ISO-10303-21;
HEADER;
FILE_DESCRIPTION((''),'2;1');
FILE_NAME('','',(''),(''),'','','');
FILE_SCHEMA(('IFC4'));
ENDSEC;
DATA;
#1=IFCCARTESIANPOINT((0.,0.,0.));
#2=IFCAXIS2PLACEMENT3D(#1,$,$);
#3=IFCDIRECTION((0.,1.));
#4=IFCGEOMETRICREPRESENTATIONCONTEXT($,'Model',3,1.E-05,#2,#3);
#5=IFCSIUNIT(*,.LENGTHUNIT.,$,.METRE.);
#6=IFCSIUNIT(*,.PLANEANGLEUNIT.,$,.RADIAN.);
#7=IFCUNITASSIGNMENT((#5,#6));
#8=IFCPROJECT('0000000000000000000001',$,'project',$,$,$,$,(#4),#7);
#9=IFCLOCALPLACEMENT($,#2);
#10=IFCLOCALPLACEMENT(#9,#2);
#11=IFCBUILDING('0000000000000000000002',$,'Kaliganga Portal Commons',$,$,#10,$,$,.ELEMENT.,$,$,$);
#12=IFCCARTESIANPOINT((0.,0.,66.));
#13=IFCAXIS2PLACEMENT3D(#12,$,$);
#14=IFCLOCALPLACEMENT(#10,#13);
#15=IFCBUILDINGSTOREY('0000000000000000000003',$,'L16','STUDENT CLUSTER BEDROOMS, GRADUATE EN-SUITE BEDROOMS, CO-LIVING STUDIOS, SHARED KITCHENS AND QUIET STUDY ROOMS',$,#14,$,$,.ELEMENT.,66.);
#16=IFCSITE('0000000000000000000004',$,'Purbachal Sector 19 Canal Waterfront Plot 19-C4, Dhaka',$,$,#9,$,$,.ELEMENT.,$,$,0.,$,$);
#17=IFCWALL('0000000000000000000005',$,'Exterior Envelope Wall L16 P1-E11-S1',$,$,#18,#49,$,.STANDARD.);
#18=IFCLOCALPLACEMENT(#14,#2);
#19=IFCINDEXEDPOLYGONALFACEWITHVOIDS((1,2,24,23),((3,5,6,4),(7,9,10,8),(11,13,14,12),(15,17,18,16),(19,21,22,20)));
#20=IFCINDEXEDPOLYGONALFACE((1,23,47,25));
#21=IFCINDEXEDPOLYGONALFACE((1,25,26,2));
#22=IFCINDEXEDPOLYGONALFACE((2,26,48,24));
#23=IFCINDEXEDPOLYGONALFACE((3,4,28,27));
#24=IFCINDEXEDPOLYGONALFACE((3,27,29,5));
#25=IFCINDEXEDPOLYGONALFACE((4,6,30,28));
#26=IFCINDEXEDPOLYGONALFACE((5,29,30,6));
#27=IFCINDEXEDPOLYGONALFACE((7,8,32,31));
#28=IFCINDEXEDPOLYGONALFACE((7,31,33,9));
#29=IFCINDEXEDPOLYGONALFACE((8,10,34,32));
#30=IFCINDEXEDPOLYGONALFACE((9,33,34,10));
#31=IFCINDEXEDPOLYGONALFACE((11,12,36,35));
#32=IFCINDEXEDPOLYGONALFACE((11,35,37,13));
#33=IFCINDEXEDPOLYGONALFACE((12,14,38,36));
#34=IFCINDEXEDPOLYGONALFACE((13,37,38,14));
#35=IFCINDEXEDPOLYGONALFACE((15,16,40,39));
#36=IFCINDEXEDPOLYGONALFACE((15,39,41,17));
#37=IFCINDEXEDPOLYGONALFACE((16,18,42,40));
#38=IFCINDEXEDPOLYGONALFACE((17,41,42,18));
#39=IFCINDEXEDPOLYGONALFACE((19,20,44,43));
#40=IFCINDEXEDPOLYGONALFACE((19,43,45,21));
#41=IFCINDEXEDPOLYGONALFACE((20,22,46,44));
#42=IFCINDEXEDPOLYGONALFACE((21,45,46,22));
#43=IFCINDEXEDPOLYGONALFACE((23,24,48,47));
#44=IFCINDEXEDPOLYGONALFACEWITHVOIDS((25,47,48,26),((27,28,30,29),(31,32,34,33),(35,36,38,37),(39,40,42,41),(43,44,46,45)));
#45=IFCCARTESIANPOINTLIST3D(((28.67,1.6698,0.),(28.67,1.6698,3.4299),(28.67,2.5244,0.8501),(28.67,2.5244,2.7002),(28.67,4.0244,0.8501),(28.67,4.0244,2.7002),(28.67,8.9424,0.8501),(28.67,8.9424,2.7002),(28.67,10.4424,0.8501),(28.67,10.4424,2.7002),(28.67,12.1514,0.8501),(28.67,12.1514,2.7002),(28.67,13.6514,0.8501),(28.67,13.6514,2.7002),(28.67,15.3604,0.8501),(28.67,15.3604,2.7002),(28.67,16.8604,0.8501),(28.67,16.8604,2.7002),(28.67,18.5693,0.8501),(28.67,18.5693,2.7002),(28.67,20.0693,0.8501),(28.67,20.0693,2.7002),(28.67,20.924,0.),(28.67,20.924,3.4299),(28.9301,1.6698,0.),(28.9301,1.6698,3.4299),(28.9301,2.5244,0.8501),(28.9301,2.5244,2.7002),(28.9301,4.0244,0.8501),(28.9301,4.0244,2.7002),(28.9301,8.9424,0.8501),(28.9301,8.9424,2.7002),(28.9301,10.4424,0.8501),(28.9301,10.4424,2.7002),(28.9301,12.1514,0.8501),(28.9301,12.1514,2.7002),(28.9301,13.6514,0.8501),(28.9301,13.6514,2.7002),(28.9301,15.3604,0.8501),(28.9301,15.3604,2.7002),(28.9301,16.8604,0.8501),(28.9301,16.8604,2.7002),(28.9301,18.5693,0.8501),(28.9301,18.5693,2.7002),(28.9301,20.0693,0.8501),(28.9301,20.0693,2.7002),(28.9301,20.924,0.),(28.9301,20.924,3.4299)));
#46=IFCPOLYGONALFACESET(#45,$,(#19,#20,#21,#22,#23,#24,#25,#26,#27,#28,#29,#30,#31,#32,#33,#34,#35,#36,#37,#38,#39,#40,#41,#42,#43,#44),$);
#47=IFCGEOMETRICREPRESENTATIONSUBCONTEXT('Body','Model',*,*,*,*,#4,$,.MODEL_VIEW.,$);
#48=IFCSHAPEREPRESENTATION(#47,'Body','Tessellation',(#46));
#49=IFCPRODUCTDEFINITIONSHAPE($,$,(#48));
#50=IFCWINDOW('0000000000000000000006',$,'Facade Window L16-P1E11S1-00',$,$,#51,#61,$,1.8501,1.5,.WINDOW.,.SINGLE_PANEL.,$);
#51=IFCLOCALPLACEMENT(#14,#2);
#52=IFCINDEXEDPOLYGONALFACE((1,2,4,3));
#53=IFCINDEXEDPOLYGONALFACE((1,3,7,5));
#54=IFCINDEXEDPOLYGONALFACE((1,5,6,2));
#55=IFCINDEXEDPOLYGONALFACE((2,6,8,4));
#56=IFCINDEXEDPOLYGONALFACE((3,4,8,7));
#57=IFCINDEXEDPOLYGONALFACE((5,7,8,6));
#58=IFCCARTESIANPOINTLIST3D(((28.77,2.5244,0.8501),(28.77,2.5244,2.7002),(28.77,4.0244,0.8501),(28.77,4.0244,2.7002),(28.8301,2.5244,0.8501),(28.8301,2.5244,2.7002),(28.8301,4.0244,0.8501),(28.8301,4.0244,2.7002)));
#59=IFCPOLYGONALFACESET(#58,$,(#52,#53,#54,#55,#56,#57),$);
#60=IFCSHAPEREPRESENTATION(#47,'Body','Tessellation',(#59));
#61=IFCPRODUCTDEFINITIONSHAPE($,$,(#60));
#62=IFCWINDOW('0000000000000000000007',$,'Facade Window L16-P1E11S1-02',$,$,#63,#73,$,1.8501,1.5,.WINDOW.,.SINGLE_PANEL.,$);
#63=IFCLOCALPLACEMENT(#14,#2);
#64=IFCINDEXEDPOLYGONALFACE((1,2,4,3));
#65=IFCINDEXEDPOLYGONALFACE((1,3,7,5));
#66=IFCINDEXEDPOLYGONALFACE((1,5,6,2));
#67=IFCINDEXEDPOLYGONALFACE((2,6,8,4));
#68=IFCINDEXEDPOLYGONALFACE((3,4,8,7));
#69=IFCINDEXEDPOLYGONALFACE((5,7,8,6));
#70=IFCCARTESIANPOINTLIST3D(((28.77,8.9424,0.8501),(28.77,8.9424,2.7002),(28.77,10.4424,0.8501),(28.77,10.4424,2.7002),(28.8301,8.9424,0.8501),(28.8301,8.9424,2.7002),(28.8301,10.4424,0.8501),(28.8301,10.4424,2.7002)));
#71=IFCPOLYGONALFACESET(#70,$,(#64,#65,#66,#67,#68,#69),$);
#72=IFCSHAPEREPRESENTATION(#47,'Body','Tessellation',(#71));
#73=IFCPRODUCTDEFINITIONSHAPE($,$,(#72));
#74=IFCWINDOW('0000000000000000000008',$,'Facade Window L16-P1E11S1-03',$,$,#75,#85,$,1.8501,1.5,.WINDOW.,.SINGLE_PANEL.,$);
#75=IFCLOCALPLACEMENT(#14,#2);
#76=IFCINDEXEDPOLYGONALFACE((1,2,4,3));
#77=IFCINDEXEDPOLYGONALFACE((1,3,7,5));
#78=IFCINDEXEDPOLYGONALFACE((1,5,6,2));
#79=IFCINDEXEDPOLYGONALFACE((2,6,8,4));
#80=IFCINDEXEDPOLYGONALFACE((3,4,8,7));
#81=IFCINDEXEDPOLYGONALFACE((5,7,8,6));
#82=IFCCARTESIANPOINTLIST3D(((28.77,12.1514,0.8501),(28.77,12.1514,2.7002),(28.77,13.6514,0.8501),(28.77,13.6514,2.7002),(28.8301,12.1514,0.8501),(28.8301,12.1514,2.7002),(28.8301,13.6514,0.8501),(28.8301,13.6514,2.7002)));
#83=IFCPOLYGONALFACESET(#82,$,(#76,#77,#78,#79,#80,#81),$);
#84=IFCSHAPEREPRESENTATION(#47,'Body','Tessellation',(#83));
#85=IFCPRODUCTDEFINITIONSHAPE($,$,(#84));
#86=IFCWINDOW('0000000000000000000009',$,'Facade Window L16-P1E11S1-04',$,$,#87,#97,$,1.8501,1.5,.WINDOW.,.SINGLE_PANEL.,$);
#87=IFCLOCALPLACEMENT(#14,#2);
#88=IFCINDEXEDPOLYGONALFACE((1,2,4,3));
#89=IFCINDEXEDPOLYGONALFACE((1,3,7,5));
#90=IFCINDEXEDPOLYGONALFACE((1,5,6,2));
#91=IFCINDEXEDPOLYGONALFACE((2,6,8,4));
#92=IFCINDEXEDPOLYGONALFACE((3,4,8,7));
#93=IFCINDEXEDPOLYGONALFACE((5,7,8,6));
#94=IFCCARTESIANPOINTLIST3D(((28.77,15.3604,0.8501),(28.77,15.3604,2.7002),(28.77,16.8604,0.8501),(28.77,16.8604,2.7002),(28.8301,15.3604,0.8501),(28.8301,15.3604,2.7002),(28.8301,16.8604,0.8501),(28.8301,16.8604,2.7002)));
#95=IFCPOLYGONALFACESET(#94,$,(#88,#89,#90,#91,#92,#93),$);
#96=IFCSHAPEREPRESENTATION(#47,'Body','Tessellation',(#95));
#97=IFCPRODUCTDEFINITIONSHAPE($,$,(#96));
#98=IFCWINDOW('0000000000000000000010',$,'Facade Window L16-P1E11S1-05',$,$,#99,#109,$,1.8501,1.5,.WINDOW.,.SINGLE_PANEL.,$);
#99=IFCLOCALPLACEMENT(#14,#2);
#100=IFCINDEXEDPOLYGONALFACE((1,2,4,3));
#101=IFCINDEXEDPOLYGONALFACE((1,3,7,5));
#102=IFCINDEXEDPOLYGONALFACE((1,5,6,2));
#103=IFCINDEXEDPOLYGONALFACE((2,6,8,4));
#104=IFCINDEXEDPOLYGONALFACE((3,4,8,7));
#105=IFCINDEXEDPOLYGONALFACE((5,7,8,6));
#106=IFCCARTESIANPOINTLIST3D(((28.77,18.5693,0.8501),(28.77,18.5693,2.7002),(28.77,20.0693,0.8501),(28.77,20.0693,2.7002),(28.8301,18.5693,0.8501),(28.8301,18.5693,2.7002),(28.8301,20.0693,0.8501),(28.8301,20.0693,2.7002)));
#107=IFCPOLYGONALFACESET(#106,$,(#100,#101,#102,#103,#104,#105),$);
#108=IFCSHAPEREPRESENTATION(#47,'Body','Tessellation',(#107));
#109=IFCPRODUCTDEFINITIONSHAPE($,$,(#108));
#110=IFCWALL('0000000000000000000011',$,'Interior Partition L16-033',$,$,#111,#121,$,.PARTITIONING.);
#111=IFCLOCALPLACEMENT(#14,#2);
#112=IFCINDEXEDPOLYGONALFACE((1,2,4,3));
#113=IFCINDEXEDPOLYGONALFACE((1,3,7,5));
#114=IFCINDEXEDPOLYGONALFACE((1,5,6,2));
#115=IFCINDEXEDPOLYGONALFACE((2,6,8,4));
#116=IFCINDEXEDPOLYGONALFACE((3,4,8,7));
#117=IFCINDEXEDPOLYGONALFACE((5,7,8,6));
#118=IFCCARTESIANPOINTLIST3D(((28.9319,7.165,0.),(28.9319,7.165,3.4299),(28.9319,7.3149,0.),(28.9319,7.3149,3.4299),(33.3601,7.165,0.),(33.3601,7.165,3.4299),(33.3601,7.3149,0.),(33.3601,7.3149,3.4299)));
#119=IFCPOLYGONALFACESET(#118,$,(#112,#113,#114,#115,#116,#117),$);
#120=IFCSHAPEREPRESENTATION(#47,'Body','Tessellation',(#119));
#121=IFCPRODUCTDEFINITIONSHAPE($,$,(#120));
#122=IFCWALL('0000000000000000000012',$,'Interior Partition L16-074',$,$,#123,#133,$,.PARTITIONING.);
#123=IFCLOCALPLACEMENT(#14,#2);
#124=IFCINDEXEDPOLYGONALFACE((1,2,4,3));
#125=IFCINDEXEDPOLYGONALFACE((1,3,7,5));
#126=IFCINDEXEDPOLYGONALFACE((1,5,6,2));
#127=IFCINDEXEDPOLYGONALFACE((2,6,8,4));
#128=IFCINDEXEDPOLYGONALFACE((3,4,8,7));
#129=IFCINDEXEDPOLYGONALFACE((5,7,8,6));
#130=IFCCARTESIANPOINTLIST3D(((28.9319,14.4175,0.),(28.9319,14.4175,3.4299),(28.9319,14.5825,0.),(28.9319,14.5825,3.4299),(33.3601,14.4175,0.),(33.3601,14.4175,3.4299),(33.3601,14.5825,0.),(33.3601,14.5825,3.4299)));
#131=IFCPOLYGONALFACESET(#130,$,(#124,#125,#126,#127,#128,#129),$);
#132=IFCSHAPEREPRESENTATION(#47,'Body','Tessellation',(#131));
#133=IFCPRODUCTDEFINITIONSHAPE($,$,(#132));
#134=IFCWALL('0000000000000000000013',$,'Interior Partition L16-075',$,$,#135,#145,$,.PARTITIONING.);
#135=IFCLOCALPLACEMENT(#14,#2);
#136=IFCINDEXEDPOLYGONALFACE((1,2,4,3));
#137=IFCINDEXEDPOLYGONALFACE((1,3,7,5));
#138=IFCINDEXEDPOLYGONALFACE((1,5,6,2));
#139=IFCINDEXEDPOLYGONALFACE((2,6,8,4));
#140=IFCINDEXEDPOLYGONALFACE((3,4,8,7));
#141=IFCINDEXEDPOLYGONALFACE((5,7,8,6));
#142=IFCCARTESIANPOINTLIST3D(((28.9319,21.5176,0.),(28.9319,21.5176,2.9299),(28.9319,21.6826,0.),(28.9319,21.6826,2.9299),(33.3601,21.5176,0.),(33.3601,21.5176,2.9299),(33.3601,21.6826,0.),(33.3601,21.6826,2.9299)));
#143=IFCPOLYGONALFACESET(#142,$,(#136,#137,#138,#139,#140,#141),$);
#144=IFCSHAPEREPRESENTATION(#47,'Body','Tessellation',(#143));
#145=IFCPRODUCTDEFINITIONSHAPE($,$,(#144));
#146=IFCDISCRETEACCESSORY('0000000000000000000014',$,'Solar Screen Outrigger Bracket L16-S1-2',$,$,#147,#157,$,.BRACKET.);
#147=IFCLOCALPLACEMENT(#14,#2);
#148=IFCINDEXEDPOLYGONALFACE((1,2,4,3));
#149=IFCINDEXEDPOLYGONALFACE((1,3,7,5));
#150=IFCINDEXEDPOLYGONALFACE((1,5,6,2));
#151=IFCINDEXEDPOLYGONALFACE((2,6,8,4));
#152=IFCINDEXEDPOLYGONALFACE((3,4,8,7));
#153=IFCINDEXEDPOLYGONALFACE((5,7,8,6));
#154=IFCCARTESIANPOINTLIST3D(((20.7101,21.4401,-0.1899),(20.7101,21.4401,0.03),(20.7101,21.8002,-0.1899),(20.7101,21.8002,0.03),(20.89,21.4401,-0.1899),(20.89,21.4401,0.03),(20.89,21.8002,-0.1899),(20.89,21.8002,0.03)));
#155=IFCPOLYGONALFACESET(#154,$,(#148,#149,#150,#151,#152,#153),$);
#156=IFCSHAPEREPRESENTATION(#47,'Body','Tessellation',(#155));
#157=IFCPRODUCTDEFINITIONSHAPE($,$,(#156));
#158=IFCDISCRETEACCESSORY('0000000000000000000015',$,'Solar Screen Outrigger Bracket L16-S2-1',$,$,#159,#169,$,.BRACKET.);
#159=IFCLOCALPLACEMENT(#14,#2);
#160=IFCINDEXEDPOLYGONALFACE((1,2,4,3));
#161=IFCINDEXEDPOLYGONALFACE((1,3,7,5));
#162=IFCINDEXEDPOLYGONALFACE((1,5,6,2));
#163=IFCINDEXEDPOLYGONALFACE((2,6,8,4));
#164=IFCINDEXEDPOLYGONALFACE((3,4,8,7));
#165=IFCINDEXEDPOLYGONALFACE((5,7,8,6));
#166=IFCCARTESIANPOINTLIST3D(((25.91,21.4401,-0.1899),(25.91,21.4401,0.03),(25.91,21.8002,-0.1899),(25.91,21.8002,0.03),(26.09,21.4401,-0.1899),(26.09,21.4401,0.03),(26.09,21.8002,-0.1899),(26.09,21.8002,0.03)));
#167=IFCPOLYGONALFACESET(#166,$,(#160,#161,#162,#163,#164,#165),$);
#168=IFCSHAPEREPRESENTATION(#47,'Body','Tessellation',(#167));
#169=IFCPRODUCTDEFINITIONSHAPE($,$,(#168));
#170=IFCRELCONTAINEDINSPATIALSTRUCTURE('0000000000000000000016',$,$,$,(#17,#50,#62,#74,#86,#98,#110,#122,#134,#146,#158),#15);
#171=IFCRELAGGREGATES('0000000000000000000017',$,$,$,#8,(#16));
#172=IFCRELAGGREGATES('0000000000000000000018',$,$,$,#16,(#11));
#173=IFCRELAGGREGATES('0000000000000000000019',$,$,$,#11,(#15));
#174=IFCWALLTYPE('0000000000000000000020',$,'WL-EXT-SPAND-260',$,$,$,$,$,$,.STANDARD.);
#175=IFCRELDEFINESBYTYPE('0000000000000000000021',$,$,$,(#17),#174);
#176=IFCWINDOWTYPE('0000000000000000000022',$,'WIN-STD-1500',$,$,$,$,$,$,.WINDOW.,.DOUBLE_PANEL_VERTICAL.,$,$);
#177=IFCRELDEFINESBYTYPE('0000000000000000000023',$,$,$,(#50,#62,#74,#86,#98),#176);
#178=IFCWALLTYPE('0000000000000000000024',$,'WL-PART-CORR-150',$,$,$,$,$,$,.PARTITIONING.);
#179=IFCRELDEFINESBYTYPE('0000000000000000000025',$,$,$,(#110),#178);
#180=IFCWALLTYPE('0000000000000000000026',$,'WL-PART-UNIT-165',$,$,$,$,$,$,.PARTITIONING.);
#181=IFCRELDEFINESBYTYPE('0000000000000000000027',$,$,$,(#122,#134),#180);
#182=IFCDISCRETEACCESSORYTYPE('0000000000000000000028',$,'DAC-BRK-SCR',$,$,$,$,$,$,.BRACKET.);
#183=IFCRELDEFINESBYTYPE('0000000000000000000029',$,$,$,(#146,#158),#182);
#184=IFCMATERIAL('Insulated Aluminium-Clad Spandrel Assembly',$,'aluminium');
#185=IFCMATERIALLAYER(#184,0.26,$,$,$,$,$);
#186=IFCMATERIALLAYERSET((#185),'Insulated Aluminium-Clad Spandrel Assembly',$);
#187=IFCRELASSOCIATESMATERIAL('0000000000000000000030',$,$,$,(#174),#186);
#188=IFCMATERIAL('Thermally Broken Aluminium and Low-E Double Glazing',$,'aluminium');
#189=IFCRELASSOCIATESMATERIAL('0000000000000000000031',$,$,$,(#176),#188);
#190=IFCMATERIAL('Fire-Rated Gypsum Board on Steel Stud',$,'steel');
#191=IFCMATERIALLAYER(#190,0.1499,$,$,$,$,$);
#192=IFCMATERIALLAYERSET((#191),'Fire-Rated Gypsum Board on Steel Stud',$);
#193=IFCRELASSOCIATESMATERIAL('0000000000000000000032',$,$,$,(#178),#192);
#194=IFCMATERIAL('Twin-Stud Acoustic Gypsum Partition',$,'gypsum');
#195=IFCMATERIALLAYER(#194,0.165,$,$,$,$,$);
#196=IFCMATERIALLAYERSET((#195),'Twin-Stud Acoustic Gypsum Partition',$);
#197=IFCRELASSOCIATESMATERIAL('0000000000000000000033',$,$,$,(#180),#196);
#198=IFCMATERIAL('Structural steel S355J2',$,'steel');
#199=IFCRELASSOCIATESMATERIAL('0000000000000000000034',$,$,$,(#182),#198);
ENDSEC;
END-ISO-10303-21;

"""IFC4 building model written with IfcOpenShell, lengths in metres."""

from ifc_helpers import new_model, si_unit, direction, frame, frame_2d, origin, origin_2d, place, context, subcontext, project, spatial, rectangle, extrude, source, transform, mapped, material, layer, layer_set, type_object, element, fill, save


model = new_model("IFC4")

# Units and contexts
model_context = context("Model", 3, precision=1e-05, world=origin(), true_north=direction((0.0, 1.0)))
body_context = subcontext(model_context, "Body", "Model", "MODEL_VIEW")
ifc_project = project(units=[si_unit("LENGTHUNIT", "METRE"), si_unit("PLANEANGLEUNIT", "RADIAN")], contexts=[model_context])

# Site, building, storey
site_placement = place(None, origin())
site = spatial("IfcSite", under=ifc_project, at=site_placement, Name="Purbachal Sector 19 Canal Waterfront Plot 19-C4, Dhaka", CompositionType="ELEMENT", RefElevation=0.0)
building_placement = place(site_placement, origin())
building = spatial("IfcBuilding", under=site, at=building_placement, Name="Kaliganga Portal Commons", CompositionType="ELEMENT")
storey_placement = place(building_placement, frame((0.0, 0.0, 66.0)))
storey = spatial("IfcBuildingStorey", under=building, at=storey_placement, Name="L16", Description="STUDENT CLUSTER BEDROOMS, GRADUATE EN-SUITE BEDROOMS, CO-LIVING STUDIOS, SHARED KITCHENS AND QUIET STUDY ROOMS", CompositionType="ELEMENT", Elevation=66.0)

# Shared definitions
ifc_material_1 = material(Name="Structural steel S355J2", Category="steel")

# Shared definitions
ifc_material_2 = material(Name="Insulated Aluminium-Clad Spandrel Assembly", Category="aluminium")
ifc_layer_1 = layer(ifc_material_2, 0.26)
ifc_layer_set_1 = layer_set([ifc_layer_1], Name="Insulated Aluminium-Clad Spandrel Assembly")
wall_type_1 = type_object("IfcWallType", Name="WL-EXT-SPAND-260", PredefinedType="STANDARD", material=ifc_layer_set_1)
ifc_material_3 = material(Name="Thermally Broken Aluminium and Low-E Double Glazing", Category="aluminium")

# Wall, openings, windows
wall_1_placement = place(storey_placement, frame((28.8, 1.6699, 0.0), z_axis=(0.0, 0.0, 1.0), x_axis=(0.0, 1.0, 0.0)))
wall_1 = element("IfcWall", 1, at=wall_1_placement, inside=storey, type_object=wall_type_1, Name="Exterior Envelope Wall L16 P1-E11-S1", PredefinedType="STANDARD", context=body_context, shape_type="SweptSolid", body=[
    extrude(rectangle(XDim=19.2542, YDim=0.26, at=frame_2d((9.627, 0.0))), origin(), (0.0, 0.0, 1.0), 3.4299),
])
opening_1_placement = place(wall_1_placement, frame((0.8545, 0.0, 0.8501)))
opening_1 = element("IfcOpeningElement", 2, at=opening_1_placement, cuts=wall_1, PredefinedType="OPENING", context=body_context, shape_type="SweptSolid", body=[
    extrude(rectangle(XDim=1.5, YDim=1.8501, at=frame_2d((0.75, 0.925))), frame((0.0, 0.1401, 0.0), z_axis=(0.0, -1.0, 0.0), x_axis=(1.0, 0.0, 0.0)), (0.0, 0.0, 1.0), 0.28),
])
opening_2_placement = place(wall_1_placement, frame((7.2725, 0.0, 0.8501)))
opening_2 = element("IfcOpeningElement", 3, at=opening_2_placement, cuts=wall_1, PredefinedType="OPENING", context=body_context, shape_type="SweptSolid", body=[
    extrude(rectangle(XDim=1.5, YDim=1.8501, at=frame_2d((0.75, 0.925))), frame((0.0, 0.1401, 0.0), z_axis=(0.0, -1.0, 0.0), x_axis=(1.0, 0.0, 0.0)), (0.0, 0.0, 1.0), 0.28),
])
opening_3_placement = place(wall_1_placement, frame((10.4814, 0.0, 0.8501)))
opening_3 = element("IfcOpeningElement", 4, at=opening_3_placement, cuts=wall_1, PredefinedType="OPENING", context=body_context, shape_type="SweptSolid", body=[
    extrude(rectangle(XDim=1.5, YDim=1.8501, at=frame_2d((0.75, 0.925))), frame((0.0, 0.1401, 0.0), z_axis=(0.0, -1.0, 0.0), x_axis=(1.0, 0.0, 0.0)), (0.0, 0.0, 1.0), 0.28),
])
opening_4_placement = place(wall_1_placement, frame((13.6904, 0.0, 0.8501)))
opening_4 = element("IfcOpeningElement", 5, at=opening_4_placement, cuts=wall_1, PredefinedType="OPENING", context=body_context, shape_type="SweptSolid", body=[
    extrude(rectangle(XDim=1.5, YDim=1.8501, at=frame_2d((0.75, 0.925))), frame((0.0, 0.1401, 0.0), z_axis=(0.0, -1.0, 0.0), x_axis=(1.0, 0.0, 0.0)), (0.0, 0.0, 1.0), 0.28),
])
opening_5_placement = place(wall_1_placement, frame((16.8994, 0.0, 0.8501)))
opening_5 = element("IfcOpeningElement", 6, at=opening_5_placement, cuts=wall_1, PredefinedType="OPENING", context=body_context, shape_type="SweptSolid", body=[
    extrude(rectangle(XDim=1.5, YDim=1.8501, at=frame_2d((0.75, 0.925))), frame((0.0, 0.1401, 0.0), z_axis=(0.0, -1.0, 0.0), x_axis=(1.0, 0.0, 0.0)), (0.0, 0.0, 1.0), 0.28),
])
window_type_1 = type_object("IfcWindowType", Name="WIN-STD-1500", PartitioningType="DOUBLE_PANEL_VERTICAL", PredefinedType="WINDOW", material=ifc_material_3)
window_1_placement = place(opening_1_placement, origin())
window_1 = element("IfcWindow", 7, at=window_1_placement, inside=storey, type_object=window_type_1, Name="Facade Window L16-P1E11S1-00", OverallHeight=1.8501, OverallWidth=1.5, PartitioningType="SINGLE_PANEL", PredefinedType="WINDOW", context=body_context, shape_type="SweptSolid", body=[
    extrude(rectangle(XDim=1.5, YDim=1.8501, at=frame_2d((0.75, 0.925))), frame((0.0, 0.03, 0.0), z_axis=(0.0, -1.0, 0.0), x_axis=(1.0, 0.0, 0.0)), (0.0, 0.0, 1.0), 0.0601),
])
fill(opening_1, window_1)
window_2_placement = place(opening_2_placement, origin())
window_2 = element("IfcWindow", 8, at=window_2_placement, inside=storey, type_object=window_type_1, Name="Facade Window L16-P1E11S1-02", OverallHeight=1.8501, OverallWidth=1.5, PartitioningType="SINGLE_PANEL", PredefinedType="WINDOW", context=body_context, shape_type="SweptSolid", body=[
    extrude(rectangle(XDim=1.5, YDim=1.8501, at=frame_2d((0.75, 0.925))), frame((0.0, 0.03, 0.0), z_axis=(0.0, -1.0, 0.0), x_axis=(1.0, 0.0, 0.0)), (0.0, 0.0, 1.0), 0.0601),
])
fill(opening_2, window_2)
window_3_placement = place(opening_3_placement, origin())
window_3 = element("IfcWindow", 9, at=window_3_placement, inside=storey, type_object=window_type_1, Name="Facade Window L16-P1E11S1-03", OverallHeight=1.8501, OverallWidth=1.5, PartitioningType="SINGLE_PANEL", PredefinedType="WINDOW", context=body_context, shape_type="SweptSolid", body=[
    extrude(rectangle(XDim=1.5, YDim=1.8501, at=frame_2d((0.75, 0.925))), frame((0.0, 0.03, 0.0), z_axis=(0.0, -1.0, 0.0), x_axis=(1.0, 0.0, 0.0)), (0.0, 0.0, 1.0), 0.0601),
])
fill(opening_3, window_3)
window_4_placement = place(opening_4_placement, origin())
window_4 = element("IfcWindow", 10, at=window_4_placement, inside=storey, type_object=window_type_1, Name="Facade Window L16-P1E11S1-04", OverallHeight=1.8501, OverallWidth=1.5, PartitioningType="SINGLE_PANEL", PredefinedType="WINDOW", context=body_context, shape_type="SweptSolid", body=[
    extrude(rectangle(XDim=1.5, YDim=1.8501, at=frame_2d((0.75, 0.925))), frame((0.0, 0.03, 0.0), z_axis=(0.0, -1.0, 0.0), x_axis=(1.0, 0.0, 0.0)), (0.0, 0.0, 1.0), 0.0601),
])
fill(opening_4, window_4)
window_5_placement = place(opening_5_placement, origin())
window_5 = element("IfcWindow", 11, at=window_5_placement, inside=storey, type_object=window_type_1, Name="Facade Window L16-P1E11S1-05", OverallHeight=1.8501, OverallWidth=1.5, PartitioningType="SINGLE_PANEL", PredefinedType="WINDOW", context=body_context, shape_type="SweptSolid", body=[
    extrude(rectangle(XDim=1.5, YDim=1.8501, at=frame_2d((0.75, 0.925))), frame((0.0, 0.03, 0.0), z_axis=(0.0, -1.0, 0.0), x_axis=(1.0, 0.0, 0.0)), (0.0, 0.0, 1.0), 0.0601),
])
fill(opening_5, window_5)

# Walls
ifc_material_4 = material(Name="Fire-Rated Gypsum Board on Steel Stud", Category="steel")
ifc_layer_2 = layer(ifc_material_4, 0.1499)
ifc_layer_set_2 = layer_set([ifc_layer_2], Name="Fire-Rated Gypsum Board on Steel Stud")
wall_type_2 = type_object("IfcWallType", Name="WL-PART-CORR-150", PredefinedType="PARTITIONING", material=ifc_layer_set_2)
wall_2_placement = place(storey_placement, frame((28.9319, 7.24, 0.0), z_axis=(0.0, 0.0, 1.0), x_axis=(1.0, 0.0, 0.0)))
element("IfcWall", 12, at=wall_2_placement, inside=storey, type_object=wall_type_2, Name="Interior Partition L16-033", PredefinedType="PARTITIONING", context=body_context, shape_type="SweptSolid", body=[
    extrude(rectangle(XDim=4.4282, YDim=0.1499, at=frame_2d((2.2141, 0.0))), origin(), (0.0, 0.0, 1.0), 3.4299),
])
ifc_material_5 = material(Name="Twin-Stud Acoustic Gypsum Partition", Category="gypsum")
ifc_layer_3 = layer(ifc_material_5, 0.165)
ifc_layer_set_3 = layer_set([ifc_layer_3], Name="Twin-Stud Acoustic Gypsum Partition")
wall_type_3 = type_object("IfcWallType", Name="WL-PART-UNIT-165", PredefinedType="PARTITIONING", material=ifc_layer_set_3)
wall_3_placement = place(storey_placement, frame((28.9319, 14.5, 0.0), z_axis=(0.0, 0.0, 1.0), x_axis=(1.0, 0.0, 0.0)))
element("IfcWall", 13, at=wall_3_placement, inside=storey, type_object=wall_type_3, Name="Interior Partition L16-074", PredefinedType="PARTITIONING", context=body_context, shape_type="SweptSolid", body=[
    extrude(rectangle(XDim=4.4282, YDim=0.165, at=frame_2d((2.2141, 0.0))), origin(), (0.0, 0.0, 1.0), 3.4299),
])
wall_4_placement = place(storey_placement, frame((28.9319, 21.6001, 0.0), z_axis=(0.0, 0.0, 1.0), x_axis=(1.0, 0.0, 0.0)))
element("IfcWall", 14, at=wall_4_placement, inside=storey, type_object=wall_type_3, Name="Interior Partition L16-075", PredefinedType="PARTITIONING", context=body_context, shape_type="SweptSolid", body=[
    extrude(rectangle(XDim=4.4282, YDim=0.165, at=frame_2d((2.2141, 0.0))), origin(), (0.0, 0.0, 1.0), 2.9299),
])

# Discrete accessories
discrete_accessory_type = type_object("IfcDiscreteAccessoryType", Name="DAC-BRK-SCR", PredefinedType="BRACKET", material=ifc_material_1)
shared_shape_1 = source(origin(), body_context, "Body", "SweptSolid", [
    extrude(rectangle(XDim=0.1799, YDim=0.3601, at=origin_2d()), origin(), (0.0, 0.0, 1.0), 0.22),
])
for number, where, z_axis, x_axis, name in (
    (15, (20.8, 21.6201, -0.1899), (0.0, 0.0, 1.0), (1.0, 0.0, 0.0), "Solar Screen Outrigger Bracket L16-S1-2"),
    (16, (26.0, 21.6201, -0.1899), (0.0, 0.0, 1.0), (1.0, 0.0, 0.0), "Solar Screen Outrigger Bracket L16-S2-1"),
):
    element("IfcDiscreteAccessory", number, at=place(storey_placement, frame(where, z_axis=z_axis, x_axis=x_axis)), inside=storey, type_object=discrete_accessory_type, Name=name, PredefinedType="BRACKET", context=body_context, shape_type="MappedRepresentation", body=[
        mapped(shared_shape_1, transform((0.0, 0.0, 0.0), x_axis=(1.0, 0.0, 0.0), y_axis=(0.0, 1.0, 0.0), z_axis=(0.0, 0.0, 1.0), scale=1.0)),
    ])

save(model, "model.ifc")
